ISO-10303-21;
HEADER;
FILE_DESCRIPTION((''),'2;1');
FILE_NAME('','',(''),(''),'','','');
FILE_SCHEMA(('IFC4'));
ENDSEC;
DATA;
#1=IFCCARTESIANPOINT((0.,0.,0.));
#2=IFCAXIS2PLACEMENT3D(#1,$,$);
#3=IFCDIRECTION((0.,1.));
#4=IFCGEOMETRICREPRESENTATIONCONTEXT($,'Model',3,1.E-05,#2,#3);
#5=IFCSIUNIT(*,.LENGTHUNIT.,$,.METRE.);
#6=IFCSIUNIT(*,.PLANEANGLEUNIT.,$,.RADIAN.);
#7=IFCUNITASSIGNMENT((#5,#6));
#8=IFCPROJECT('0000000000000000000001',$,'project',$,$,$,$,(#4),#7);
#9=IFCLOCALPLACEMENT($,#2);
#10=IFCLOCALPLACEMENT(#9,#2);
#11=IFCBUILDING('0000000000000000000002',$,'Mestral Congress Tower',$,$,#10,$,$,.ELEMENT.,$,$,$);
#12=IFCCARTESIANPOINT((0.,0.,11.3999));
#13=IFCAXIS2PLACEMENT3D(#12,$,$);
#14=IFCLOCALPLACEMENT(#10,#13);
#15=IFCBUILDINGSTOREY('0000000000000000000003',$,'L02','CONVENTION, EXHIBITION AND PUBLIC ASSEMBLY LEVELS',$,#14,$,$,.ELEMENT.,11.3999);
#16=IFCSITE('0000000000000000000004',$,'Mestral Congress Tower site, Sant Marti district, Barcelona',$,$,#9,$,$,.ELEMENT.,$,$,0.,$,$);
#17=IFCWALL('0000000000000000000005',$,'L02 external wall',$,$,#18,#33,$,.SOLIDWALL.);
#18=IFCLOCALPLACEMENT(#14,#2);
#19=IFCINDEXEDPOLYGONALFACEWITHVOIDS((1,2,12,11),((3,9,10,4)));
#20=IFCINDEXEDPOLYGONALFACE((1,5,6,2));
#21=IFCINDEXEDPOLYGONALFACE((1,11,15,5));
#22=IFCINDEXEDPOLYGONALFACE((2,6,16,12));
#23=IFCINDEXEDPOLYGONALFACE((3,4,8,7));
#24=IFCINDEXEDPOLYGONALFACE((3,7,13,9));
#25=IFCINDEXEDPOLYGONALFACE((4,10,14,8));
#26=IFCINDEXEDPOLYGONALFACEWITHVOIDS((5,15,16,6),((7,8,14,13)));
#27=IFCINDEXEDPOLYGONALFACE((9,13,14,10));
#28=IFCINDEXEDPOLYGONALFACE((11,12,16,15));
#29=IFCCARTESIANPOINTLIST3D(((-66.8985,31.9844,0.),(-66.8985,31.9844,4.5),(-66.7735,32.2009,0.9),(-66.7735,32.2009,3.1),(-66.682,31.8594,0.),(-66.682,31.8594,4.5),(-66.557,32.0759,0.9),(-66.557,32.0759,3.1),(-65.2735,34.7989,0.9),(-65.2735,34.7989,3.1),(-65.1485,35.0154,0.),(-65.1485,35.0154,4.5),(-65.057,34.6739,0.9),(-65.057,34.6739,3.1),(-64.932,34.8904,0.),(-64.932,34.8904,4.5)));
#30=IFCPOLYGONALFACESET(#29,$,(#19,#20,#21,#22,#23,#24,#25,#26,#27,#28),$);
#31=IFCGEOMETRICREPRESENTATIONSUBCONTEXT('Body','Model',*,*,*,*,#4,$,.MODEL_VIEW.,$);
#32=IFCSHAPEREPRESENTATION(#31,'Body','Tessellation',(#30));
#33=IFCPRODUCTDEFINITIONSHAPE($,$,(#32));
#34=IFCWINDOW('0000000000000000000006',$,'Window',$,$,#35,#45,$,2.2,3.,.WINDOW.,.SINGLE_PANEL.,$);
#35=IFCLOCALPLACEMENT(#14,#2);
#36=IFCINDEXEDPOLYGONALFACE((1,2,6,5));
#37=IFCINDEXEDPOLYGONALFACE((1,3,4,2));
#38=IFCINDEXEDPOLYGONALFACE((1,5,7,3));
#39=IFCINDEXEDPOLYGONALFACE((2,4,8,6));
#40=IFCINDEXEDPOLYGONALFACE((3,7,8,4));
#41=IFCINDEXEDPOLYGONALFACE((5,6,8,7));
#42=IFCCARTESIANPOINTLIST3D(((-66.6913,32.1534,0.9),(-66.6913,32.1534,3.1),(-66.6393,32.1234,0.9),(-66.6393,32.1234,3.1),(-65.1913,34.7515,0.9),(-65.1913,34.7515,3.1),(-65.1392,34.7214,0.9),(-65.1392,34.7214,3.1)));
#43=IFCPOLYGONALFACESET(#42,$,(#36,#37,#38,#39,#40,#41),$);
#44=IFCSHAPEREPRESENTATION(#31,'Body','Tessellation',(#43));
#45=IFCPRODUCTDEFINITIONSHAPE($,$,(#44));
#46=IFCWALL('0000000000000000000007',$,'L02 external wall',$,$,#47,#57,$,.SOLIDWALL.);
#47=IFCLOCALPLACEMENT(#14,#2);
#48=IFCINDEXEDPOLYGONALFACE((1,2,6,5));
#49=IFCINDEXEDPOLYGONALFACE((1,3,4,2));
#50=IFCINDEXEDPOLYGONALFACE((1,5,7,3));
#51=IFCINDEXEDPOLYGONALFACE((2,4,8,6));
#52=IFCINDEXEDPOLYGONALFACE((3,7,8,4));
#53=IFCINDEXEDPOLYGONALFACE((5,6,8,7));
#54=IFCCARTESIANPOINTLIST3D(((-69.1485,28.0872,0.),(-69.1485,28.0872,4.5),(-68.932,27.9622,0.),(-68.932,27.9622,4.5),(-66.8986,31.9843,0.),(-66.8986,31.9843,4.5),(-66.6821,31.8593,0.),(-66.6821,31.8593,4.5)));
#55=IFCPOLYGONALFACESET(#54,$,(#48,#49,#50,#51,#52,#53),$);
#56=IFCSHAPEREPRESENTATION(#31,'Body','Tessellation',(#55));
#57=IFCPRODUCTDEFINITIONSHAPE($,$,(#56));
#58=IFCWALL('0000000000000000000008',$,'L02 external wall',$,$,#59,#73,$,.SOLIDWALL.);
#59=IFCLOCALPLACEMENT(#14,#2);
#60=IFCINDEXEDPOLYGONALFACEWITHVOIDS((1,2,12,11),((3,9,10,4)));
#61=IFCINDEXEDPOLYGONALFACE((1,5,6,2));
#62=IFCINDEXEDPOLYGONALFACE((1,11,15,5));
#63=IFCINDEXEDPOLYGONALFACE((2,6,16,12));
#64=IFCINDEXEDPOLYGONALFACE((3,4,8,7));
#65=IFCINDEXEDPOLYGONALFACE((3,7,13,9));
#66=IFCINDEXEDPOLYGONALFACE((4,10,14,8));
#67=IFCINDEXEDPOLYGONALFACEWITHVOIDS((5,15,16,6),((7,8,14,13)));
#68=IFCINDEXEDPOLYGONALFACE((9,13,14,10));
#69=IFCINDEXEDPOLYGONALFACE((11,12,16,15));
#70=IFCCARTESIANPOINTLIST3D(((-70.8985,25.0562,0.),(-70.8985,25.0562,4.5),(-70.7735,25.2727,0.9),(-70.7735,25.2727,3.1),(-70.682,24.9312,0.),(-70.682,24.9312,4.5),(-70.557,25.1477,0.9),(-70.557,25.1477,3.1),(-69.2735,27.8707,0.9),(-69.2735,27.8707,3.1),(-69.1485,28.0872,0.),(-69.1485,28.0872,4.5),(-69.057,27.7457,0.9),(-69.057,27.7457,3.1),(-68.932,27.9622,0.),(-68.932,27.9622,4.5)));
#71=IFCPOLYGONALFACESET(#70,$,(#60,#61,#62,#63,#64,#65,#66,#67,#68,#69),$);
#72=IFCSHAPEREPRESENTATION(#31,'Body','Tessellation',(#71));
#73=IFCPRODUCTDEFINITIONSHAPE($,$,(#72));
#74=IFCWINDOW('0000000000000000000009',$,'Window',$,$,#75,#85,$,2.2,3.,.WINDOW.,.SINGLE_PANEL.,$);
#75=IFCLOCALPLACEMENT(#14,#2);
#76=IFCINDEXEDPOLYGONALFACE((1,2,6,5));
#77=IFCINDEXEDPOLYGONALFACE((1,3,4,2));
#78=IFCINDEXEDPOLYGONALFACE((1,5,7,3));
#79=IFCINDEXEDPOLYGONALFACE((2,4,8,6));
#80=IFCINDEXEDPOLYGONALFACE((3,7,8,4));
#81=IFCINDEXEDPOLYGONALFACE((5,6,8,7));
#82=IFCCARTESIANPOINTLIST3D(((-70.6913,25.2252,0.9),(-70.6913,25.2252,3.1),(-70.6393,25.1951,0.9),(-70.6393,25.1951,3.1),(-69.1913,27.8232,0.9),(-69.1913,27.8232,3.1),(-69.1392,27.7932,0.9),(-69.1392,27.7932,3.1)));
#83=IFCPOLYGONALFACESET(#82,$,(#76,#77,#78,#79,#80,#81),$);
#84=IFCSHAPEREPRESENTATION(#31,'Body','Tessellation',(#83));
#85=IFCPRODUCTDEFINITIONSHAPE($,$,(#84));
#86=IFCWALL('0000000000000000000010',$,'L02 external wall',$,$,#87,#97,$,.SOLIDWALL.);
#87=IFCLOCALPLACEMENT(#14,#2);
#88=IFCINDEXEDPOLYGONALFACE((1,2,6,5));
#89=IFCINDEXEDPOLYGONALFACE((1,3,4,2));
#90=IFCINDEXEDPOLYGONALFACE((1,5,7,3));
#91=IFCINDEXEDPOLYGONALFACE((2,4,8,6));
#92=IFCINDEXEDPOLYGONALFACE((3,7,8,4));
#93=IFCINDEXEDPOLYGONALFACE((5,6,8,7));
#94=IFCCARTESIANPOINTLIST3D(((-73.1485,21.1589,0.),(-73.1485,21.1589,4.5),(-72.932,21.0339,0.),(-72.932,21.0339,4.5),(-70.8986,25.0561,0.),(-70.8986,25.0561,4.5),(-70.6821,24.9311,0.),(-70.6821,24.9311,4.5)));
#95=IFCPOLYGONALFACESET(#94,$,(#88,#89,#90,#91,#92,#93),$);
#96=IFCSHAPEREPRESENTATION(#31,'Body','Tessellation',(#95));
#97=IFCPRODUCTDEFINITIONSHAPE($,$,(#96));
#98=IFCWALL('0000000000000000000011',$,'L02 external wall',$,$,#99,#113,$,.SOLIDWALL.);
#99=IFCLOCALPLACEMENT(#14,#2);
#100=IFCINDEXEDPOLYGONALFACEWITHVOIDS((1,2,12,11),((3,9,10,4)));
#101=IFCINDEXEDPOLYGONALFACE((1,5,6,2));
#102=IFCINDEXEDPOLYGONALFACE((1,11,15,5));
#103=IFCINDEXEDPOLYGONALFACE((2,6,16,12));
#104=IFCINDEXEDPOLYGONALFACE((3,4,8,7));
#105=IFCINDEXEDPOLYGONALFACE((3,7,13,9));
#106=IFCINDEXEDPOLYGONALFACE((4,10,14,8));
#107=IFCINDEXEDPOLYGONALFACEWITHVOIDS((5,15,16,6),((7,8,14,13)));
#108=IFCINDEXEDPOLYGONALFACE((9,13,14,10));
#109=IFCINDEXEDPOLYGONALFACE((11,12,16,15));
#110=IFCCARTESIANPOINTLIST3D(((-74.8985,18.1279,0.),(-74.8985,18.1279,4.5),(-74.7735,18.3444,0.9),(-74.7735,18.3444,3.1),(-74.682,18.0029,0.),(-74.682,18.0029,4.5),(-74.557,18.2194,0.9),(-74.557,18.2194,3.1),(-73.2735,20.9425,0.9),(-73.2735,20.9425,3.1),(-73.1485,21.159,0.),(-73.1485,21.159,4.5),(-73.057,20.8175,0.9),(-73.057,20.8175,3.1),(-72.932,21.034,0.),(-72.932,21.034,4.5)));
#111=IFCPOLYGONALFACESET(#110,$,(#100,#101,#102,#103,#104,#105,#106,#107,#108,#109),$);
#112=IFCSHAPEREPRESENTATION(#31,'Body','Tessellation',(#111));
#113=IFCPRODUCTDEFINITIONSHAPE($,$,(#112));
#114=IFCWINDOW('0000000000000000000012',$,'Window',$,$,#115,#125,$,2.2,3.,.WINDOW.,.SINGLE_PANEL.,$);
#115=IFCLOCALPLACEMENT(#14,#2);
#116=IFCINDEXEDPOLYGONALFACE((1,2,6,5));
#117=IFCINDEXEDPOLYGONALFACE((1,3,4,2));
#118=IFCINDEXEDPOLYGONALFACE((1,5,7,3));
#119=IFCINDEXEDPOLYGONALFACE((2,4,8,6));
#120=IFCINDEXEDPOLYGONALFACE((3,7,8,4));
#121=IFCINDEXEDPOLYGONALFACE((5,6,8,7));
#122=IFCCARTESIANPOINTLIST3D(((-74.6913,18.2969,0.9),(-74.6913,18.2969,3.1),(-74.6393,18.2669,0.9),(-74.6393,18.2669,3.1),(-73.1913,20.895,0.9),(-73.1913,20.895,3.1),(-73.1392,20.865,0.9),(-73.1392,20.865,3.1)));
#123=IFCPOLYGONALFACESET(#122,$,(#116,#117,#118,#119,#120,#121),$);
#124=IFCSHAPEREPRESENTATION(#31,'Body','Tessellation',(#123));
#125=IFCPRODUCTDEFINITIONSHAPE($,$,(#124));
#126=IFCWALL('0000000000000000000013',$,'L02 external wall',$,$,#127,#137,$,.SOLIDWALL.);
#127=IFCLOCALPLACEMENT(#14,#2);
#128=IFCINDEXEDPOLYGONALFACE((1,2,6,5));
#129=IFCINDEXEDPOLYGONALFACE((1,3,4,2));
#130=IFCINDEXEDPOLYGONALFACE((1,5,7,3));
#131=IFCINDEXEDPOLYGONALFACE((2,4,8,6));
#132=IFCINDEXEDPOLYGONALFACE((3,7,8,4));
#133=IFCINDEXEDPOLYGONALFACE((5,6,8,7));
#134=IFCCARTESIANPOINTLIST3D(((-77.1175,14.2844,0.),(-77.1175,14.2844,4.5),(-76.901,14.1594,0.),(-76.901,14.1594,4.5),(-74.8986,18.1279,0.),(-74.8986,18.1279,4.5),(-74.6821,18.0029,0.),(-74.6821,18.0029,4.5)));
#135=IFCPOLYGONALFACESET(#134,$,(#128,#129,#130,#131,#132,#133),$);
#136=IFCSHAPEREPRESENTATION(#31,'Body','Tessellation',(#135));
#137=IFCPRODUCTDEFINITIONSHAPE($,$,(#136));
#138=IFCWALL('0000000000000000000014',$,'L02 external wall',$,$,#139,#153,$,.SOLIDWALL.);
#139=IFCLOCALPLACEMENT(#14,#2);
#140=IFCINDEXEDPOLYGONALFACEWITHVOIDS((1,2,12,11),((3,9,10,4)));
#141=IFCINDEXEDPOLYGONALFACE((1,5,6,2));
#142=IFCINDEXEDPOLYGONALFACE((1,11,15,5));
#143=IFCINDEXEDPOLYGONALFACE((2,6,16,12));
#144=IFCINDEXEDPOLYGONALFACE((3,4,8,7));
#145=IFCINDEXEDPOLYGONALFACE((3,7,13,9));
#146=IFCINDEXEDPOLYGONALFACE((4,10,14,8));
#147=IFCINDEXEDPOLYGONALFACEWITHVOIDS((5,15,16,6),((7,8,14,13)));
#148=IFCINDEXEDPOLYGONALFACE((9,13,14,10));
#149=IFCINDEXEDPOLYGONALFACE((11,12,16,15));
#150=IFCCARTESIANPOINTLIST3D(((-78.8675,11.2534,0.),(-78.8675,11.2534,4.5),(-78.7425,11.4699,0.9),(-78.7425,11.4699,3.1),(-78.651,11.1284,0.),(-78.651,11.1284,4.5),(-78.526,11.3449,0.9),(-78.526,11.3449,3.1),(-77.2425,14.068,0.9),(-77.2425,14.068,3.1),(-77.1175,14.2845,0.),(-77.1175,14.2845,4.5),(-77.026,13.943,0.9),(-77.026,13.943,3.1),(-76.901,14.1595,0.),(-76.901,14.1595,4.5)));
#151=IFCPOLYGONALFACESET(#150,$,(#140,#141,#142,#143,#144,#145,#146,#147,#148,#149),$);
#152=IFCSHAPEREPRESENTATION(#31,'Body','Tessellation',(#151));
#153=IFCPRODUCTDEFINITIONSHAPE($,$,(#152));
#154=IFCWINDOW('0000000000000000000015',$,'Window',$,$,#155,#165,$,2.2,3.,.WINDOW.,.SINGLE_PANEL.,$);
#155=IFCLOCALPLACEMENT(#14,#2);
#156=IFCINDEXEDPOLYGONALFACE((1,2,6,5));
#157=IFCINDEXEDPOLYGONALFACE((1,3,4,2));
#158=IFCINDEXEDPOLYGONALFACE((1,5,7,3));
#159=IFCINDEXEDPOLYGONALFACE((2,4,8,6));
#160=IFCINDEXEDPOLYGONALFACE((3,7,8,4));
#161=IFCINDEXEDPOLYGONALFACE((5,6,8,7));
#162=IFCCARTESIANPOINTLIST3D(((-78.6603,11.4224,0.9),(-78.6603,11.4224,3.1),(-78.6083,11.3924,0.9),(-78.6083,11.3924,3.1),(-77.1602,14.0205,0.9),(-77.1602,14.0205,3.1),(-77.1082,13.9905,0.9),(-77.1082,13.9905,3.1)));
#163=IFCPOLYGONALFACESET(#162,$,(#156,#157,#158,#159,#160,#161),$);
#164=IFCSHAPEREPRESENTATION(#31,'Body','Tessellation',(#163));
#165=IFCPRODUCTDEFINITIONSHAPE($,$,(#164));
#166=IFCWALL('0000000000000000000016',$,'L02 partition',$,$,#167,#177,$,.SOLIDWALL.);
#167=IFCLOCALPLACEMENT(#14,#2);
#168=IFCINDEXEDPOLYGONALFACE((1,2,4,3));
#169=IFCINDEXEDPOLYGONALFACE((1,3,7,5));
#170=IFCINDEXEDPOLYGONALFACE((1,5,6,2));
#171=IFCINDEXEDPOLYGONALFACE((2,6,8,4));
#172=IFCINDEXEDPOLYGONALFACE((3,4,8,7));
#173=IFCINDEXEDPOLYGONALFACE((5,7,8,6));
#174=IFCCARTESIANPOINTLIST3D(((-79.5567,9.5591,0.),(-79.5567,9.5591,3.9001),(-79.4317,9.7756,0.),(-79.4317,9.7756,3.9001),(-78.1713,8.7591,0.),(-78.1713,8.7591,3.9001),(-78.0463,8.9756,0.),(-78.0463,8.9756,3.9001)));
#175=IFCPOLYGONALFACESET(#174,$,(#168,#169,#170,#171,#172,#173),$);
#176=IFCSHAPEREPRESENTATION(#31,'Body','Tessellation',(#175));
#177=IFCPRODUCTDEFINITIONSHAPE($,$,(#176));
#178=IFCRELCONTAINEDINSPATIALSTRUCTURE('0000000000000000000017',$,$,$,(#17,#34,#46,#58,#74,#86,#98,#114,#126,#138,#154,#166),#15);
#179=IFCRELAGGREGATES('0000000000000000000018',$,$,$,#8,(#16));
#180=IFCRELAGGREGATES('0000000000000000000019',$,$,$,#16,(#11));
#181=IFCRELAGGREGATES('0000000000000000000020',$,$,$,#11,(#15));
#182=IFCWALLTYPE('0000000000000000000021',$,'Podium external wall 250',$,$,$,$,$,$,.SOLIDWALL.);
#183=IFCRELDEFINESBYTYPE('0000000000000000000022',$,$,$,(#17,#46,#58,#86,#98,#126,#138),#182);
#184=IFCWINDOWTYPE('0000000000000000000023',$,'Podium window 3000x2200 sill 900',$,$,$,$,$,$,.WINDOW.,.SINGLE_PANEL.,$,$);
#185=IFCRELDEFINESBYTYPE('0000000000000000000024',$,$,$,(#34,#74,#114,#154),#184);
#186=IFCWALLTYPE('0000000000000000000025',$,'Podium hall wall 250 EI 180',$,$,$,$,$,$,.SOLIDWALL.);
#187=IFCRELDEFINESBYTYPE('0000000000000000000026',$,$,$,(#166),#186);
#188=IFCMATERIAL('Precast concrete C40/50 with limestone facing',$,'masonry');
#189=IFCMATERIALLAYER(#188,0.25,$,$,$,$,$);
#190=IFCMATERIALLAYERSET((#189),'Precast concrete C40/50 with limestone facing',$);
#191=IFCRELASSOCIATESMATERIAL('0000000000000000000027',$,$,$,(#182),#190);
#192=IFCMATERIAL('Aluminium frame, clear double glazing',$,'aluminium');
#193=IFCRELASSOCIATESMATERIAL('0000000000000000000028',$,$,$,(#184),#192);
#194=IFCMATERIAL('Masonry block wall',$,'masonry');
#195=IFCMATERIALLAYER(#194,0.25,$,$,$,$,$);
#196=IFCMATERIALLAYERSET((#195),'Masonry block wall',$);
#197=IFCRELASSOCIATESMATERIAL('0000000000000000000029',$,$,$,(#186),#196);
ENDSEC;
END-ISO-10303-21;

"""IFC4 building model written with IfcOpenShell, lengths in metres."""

from ifc_helpers import new_model, si_unit, direction, frame, frame_2d, origin, place, context, subcontext, project, spatial, rectangle, extrude, material, layer, layer_set, type_object, element, fill, save


model = new_model("IFC4")

# Units and contexts
model_context = context("Model", 3, precision=1e-05, world=origin(), true_north=direction((0.0, 1.0)))
body_context = subcontext(model_context, "Body", "Model", "MODEL_VIEW")
ifc_project = project(units=[si_unit("LENGTHUNIT", "METRE"), si_unit("PLANEANGLEUNIT", "RADIAN")], contexts=[model_context])

# Site, building, storey
site_placement = place(None, origin())
site = spatial("IfcSite", under=ifc_project, at=site_placement, Name="Mestral Congress Tower site, Sant Marti district, Barcelona", CompositionType="ELEMENT", RefElevation=0.0)
building_placement = place(site_placement, origin())
building = spatial("IfcBuilding", under=site, at=building_placement, Name="Mestral Congress Tower", CompositionType="ELEMENT")
storey_placement = place(building_placement, frame((0.0, 0.0, 11.3999)))
storey = spatial("IfcBuildingStorey", under=building, at=storey_placement, Name="L02", Description="CONVENTION, EXHIBITION AND PUBLIC ASSEMBLY LEVELS", CompositionType="ELEMENT", Elevation=11.3999)

# Wall, opening, window
ifc_material_1 = material(Name="Precast concrete C40/50 with limestone facing", Category="masonry")
ifc_layer_1 = layer(ifc_material_1, 0.25)
ifc_layer_set_1 = layer_set([ifc_layer_1], Name="Precast concrete C40/50 with limestone facing")
wall_type_1 = type_object("IfcWallType", Name="Podium external wall 250", PredefinedType="SOLIDWALL", material=ifc_layer_set_1)
wall_1_placement = place(storey_placement, frame((-66.7903, 31.9219, 0.0), z_axis=(0.0, 0.0, 1.0), x_axis=(0.50001, 0.866019, 0.0)))
wall_1 = element("IfcWall", 1, at=wall_1_placement, inside=storey, type_object=wall_type_1, Name="L02 external wall", PredefinedType="SOLIDWALL", context=body_context, shape_type="SweptSolid", body=[
    extrude(rectangle(XDim=3.5, YDim=0.25, at=frame_2d((1.75, 0.0))), origin(), (0.0, 0.0, 1.0), 4.5),
])
opening_1_placement = place(wall_1_placement, frame((0.25, 0.0, 0.8999)))
opening_1 = element("IfcOpeningElement", 2, at=opening_1_placement, cuts=wall_1, PredefinedType="OPENING", context=body_context, shape_type="SweptSolid", body=[
    extrude(rectangle(XDim=3.0, YDim=2.2, at=frame_2d((1.5, 1.1001))), frame((0.0, 0.135, 0.0), z_axis=(0.0, -1.0, 0.0), x_axis=(1.0, 0.0, 0.0)), (0.0, 0.0, 1.0), 0.27),
])
ifc_material_2 = material(Name="Aluminium frame, clear double glazing", Category="aluminium")
window_type = type_object("IfcWindowType", Name="Podium window 3000x2200 sill 900", PartitioningType="SINGLE_PANEL", PredefinedType="WINDOW", material=ifc_material_2)
window_1_placement = place(opening_1_placement, origin())
window_1 = element("IfcWindow", 3, at=window_1_placement, inside=storey, type_object=window_type, Name="Window", OverallHeight=2.2, OverallWidth=3.0, PartitioningType="SINGLE_PANEL", PredefinedType="WINDOW", context=body_context, shape_type="SweptSolid", body=[
    extrude(rectangle(XDim=3.0, YDim=2.2, at=frame_2d((1.5, 1.1001))), frame((0.0, 0.03, 0.0), z_axis=(0.0, -1.0, 0.0), x_axis=(1.0, 0.0, 0.0)), (0.0, 0.0, 1.0), 0.0601),
])
fill(opening_1, window_1)

# Wall
wall_2_placement = place(storey_placement, frame((-69.0403, 28.0247, 0.0), z_axis=(0.0, 0.0, 1.0), x_axis=(0.49999, 0.866031, 0.0)))
element("IfcWall", 4, at=wall_2_placement, inside=storey, type_object=wall_type_1, Name="L02 external wall", PredefinedType="SOLIDWALL", context=body_context, shape_type="SweptSolid", body=[
    extrude(rectangle(XDim=4.5, YDim=0.25, at=frame_2d((2.25, 0.0))), origin(), (0.0, 0.0, 1.0), 4.5),
])

# Wall, opening, window
wall_3_placement = place(storey_placement, frame((-70.7903, 24.9937, 0.0), z_axis=(0.0, 0.0, 1.0), x_axis=(0.50001, 0.866019, 0.0)))
wall_3 = element("IfcWall", 5, at=wall_3_placement, inside=storey, type_object=wall_type_1, Name="L02 external wall", PredefinedType="SOLIDWALL", context=body_context, shape_type="SweptSolid", body=[
    extrude(rectangle(XDim=3.5, YDim=0.25, at=frame_2d((1.75, 0.0))), origin(), (0.0, 0.0, 1.0), 4.5),
])
opening_2_placement = place(wall_3_placement, frame((0.25, 0.0, 0.8999)))
opening_2 = element("IfcOpeningElement", 6, at=opening_2_placement, cuts=wall_3, PredefinedType="OPENING", context=body_context, shape_type="SweptSolid", body=[
    extrude(rectangle(XDim=3.0, YDim=2.2, at=frame_2d((1.5, 1.1001))), frame((0.0, 0.135, 0.0), z_axis=(0.0, -1.0, 0.0), x_axis=(1.0, 0.0, 0.0)), (0.0, 0.0, 1.0), 0.27),
])
window_2_placement = place(opening_2_placement, origin())
window_2 = element("IfcWindow", 7, at=window_2_placement, inside=storey, type_object=window_type, Name="Window", OverallHeight=2.2, OverallWidth=3.0, PartitioningType="SINGLE_PANEL", PredefinedType="WINDOW", context=body_context, shape_type="SweptSolid", body=[
    extrude(rectangle(XDim=3.0, YDim=2.2, at=frame_2d((1.5, 1.1001))), frame((0.0, 0.03, 0.0), z_axis=(0.0, -1.0, 0.0), x_axis=(1.0, 0.0, 0.0)), (0.0, 0.0, 1.0), 0.0601),
])
fill(opening_2, window_2)

# Wall
wall_4_placement = place(storey_placement, frame((-73.0403, 21.0964, 0.0), z_axis=(0.0, 0.0, 1.0), x_axis=(0.49999, 0.866031, 0.0)))
element("IfcWall", 8, at=wall_4_placement, inside=storey, type_object=wall_type_1, Name="L02 external wall", PredefinedType="SOLIDWALL", context=body_context, shape_type="SweptSolid", body=[
    extrude(rectangle(XDim=4.5, YDim=0.25, at=frame_2d((2.25, 0.0))), origin(), (0.0, 0.0, 1.0), 4.5),
])

# Wall, opening, window
wall_5_placement = place(storey_placement, frame((-74.7903, 18.0654, 0.0), z_axis=(0.0, 0.0, 1.0), x_axis=(0.50001, 0.866019, 0.0)))
wall_5 = element("IfcWall", 9, at=wall_5_placement, inside=storey, type_object=wall_type_1, Name="L02 external wall", PredefinedType="SOLIDWALL", context=body_context, shape_type="SweptSolid", body=[
    extrude(rectangle(XDim=3.5, YDim=0.25, at=frame_2d((1.75, 0.0))), origin(), (0.0, 0.0, 1.0), 4.5),
])
opening_3_placement = place(wall_5_placement, frame((0.25, 0.0, 0.8999)))
opening_3 = element("IfcOpeningElement", 10, at=opening_3_placement, cuts=wall_5, PredefinedType="OPENING", context=body_context, shape_type="SweptSolid", body=[
    extrude(rectangle(XDim=3.0, YDim=2.2, at=frame_2d((1.5, 1.1001))), frame((0.0, 0.135, 0.0), z_axis=(0.0, -1.0, 0.0), x_axis=(1.0, 0.0, 0.0)), (0.0, 0.0, 1.0), 0.27),
])
window_3_placement = place(opening_3_placement, origin())
window_3 = element("IfcWindow", 11, at=window_3_placement, inside=storey, type_object=window_type, Name="Window", OverallHeight=2.2, OverallWidth=3.0, PartitioningType="SINGLE_PANEL", PredefinedType="WINDOW", context=body_context, shape_type="SweptSolid", body=[
    extrude(rectangle(XDim=3.0, YDim=2.2, at=frame_2d((1.5, 1.1001))), frame((0.0, 0.03, 0.0), z_axis=(0.0, -1.0, 0.0), x_axis=(1.0, 0.0, 0.0)), (0.0, 0.0, 1.0), 0.0601),
])
fill(opening_3, window_3)

# Wall
wall_6_placement = place(storey_placement, frame((-77.0093, 14.2219, 0.0), z_axis=(0.0, 0.0, 1.0), x_axis=(0.499991, 0.866031, 0.0)))
element("IfcWall", 12, at=wall_6_placement, inside=storey, type_object=wall_type_1, Name="L02 external wall", PredefinedType="SOLIDWALL", context=body_context, shape_type="SweptSolid", body=[
    extrude(rectangle(XDim=4.438, YDim=0.25, at=frame_2d((2.219, 0.0))), origin(), (0.0, 0.0, 1.0), 4.5),
])

# Wall, opening, window
wall_7_placement = place(storey_placement, frame((-78.7593, 11.1909, 0.0), z_axis=(0.0, 0.0, 1.0), x_axis=(0.50001, 0.866019, 0.0)))
wall_7 = element("IfcWall", 13, at=wall_7_placement, inside=storey, type_object=wall_type_1, Name="L02 external wall", PredefinedType="SOLIDWALL", context=body_context, shape_type="SweptSolid", body=[
    extrude(rectangle(XDim=3.5, YDim=0.25, at=frame_2d((1.75, 0.0))), origin(), (0.0, 0.0, 1.0), 4.5),
])
opening_4_placement = place(wall_7_placement, frame((0.25, 0.0, 0.8999)))
opening_4 = element("IfcOpeningElement", 14, at=opening_4_placement, cuts=wall_7, PredefinedType="OPENING", context=body_context, shape_type="SweptSolid", body=[
    extrude(rectangle(XDim=3.0, YDim=2.2, at=frame_2d((1.5, 1.1001))), frame((0.0, 0.135, 0.0), z_axis=(0.0, -1.0, 0.0), x_axis=(1.0, 0.0, 0.0)), (0.0, 0.0, 1.0), 0.27),
])
window_4_placement = place(opening_4_placement, origin())
window_4 = element("IfcWindow", 15, at=window_4_placement, inside=storey, type_object=window_type, Name="Window", OverallHeight=2.2, OverallWidth=3.0, PartitioningType="SINGLE_PANEL", PredefinedType="WINDOW", context=body_context, shape_type="SweptSolid", body=[
    extrude(rectangle(XDim=3.0, YDim=2.2, at=frame_2d((1.5, 1.1001))), frame((0.0, 0.03, 0.0), z_axis=(0.0, -1.0, 0.0), x_axis=(1.0, 0.0, 0.0)), (0.0, 0.0, 1.0), 0.0601),
])
fill(opening_4, window_4)

# Wall
ifc_material_3 = material(Name="Masonry block wall", Category="masonry")
ifc_layer_2 = layer(ifc_material_3, 0.25)
ifc_layer_set_2 = layer_set([ifc_layer_2], Name="Masonry block wall")
wall_type_2 = type_object("IfcWallType", Name="Podium hall wall 250 EI 180", PredefinedType="SOLIDWALL", material=ifc_layer_set_2)
wall_8_placement = place(storey_placement, frame((-78.1089, 8.8674, 0.0), z_axis=(0.0, 0.0, 1.0), x_axis=(-0.86599, 0.500061, 0.0)))
element("IfcWall", 16, at=wall_8_placement, inside=storey, type_object=wall_type_2, Name="L02 partition", PredefinedType="SOLIDWALL", context=body_context, shape_type="SweptSolid", body=[
    extrude(rectangle(XDim=1.5999, YDim=0.25, at=frame_2d((0.7998, 0.0))), origin(), (0.0, 0.0, 1.0), 3.9001),
])

save(model, "model.ifc")
